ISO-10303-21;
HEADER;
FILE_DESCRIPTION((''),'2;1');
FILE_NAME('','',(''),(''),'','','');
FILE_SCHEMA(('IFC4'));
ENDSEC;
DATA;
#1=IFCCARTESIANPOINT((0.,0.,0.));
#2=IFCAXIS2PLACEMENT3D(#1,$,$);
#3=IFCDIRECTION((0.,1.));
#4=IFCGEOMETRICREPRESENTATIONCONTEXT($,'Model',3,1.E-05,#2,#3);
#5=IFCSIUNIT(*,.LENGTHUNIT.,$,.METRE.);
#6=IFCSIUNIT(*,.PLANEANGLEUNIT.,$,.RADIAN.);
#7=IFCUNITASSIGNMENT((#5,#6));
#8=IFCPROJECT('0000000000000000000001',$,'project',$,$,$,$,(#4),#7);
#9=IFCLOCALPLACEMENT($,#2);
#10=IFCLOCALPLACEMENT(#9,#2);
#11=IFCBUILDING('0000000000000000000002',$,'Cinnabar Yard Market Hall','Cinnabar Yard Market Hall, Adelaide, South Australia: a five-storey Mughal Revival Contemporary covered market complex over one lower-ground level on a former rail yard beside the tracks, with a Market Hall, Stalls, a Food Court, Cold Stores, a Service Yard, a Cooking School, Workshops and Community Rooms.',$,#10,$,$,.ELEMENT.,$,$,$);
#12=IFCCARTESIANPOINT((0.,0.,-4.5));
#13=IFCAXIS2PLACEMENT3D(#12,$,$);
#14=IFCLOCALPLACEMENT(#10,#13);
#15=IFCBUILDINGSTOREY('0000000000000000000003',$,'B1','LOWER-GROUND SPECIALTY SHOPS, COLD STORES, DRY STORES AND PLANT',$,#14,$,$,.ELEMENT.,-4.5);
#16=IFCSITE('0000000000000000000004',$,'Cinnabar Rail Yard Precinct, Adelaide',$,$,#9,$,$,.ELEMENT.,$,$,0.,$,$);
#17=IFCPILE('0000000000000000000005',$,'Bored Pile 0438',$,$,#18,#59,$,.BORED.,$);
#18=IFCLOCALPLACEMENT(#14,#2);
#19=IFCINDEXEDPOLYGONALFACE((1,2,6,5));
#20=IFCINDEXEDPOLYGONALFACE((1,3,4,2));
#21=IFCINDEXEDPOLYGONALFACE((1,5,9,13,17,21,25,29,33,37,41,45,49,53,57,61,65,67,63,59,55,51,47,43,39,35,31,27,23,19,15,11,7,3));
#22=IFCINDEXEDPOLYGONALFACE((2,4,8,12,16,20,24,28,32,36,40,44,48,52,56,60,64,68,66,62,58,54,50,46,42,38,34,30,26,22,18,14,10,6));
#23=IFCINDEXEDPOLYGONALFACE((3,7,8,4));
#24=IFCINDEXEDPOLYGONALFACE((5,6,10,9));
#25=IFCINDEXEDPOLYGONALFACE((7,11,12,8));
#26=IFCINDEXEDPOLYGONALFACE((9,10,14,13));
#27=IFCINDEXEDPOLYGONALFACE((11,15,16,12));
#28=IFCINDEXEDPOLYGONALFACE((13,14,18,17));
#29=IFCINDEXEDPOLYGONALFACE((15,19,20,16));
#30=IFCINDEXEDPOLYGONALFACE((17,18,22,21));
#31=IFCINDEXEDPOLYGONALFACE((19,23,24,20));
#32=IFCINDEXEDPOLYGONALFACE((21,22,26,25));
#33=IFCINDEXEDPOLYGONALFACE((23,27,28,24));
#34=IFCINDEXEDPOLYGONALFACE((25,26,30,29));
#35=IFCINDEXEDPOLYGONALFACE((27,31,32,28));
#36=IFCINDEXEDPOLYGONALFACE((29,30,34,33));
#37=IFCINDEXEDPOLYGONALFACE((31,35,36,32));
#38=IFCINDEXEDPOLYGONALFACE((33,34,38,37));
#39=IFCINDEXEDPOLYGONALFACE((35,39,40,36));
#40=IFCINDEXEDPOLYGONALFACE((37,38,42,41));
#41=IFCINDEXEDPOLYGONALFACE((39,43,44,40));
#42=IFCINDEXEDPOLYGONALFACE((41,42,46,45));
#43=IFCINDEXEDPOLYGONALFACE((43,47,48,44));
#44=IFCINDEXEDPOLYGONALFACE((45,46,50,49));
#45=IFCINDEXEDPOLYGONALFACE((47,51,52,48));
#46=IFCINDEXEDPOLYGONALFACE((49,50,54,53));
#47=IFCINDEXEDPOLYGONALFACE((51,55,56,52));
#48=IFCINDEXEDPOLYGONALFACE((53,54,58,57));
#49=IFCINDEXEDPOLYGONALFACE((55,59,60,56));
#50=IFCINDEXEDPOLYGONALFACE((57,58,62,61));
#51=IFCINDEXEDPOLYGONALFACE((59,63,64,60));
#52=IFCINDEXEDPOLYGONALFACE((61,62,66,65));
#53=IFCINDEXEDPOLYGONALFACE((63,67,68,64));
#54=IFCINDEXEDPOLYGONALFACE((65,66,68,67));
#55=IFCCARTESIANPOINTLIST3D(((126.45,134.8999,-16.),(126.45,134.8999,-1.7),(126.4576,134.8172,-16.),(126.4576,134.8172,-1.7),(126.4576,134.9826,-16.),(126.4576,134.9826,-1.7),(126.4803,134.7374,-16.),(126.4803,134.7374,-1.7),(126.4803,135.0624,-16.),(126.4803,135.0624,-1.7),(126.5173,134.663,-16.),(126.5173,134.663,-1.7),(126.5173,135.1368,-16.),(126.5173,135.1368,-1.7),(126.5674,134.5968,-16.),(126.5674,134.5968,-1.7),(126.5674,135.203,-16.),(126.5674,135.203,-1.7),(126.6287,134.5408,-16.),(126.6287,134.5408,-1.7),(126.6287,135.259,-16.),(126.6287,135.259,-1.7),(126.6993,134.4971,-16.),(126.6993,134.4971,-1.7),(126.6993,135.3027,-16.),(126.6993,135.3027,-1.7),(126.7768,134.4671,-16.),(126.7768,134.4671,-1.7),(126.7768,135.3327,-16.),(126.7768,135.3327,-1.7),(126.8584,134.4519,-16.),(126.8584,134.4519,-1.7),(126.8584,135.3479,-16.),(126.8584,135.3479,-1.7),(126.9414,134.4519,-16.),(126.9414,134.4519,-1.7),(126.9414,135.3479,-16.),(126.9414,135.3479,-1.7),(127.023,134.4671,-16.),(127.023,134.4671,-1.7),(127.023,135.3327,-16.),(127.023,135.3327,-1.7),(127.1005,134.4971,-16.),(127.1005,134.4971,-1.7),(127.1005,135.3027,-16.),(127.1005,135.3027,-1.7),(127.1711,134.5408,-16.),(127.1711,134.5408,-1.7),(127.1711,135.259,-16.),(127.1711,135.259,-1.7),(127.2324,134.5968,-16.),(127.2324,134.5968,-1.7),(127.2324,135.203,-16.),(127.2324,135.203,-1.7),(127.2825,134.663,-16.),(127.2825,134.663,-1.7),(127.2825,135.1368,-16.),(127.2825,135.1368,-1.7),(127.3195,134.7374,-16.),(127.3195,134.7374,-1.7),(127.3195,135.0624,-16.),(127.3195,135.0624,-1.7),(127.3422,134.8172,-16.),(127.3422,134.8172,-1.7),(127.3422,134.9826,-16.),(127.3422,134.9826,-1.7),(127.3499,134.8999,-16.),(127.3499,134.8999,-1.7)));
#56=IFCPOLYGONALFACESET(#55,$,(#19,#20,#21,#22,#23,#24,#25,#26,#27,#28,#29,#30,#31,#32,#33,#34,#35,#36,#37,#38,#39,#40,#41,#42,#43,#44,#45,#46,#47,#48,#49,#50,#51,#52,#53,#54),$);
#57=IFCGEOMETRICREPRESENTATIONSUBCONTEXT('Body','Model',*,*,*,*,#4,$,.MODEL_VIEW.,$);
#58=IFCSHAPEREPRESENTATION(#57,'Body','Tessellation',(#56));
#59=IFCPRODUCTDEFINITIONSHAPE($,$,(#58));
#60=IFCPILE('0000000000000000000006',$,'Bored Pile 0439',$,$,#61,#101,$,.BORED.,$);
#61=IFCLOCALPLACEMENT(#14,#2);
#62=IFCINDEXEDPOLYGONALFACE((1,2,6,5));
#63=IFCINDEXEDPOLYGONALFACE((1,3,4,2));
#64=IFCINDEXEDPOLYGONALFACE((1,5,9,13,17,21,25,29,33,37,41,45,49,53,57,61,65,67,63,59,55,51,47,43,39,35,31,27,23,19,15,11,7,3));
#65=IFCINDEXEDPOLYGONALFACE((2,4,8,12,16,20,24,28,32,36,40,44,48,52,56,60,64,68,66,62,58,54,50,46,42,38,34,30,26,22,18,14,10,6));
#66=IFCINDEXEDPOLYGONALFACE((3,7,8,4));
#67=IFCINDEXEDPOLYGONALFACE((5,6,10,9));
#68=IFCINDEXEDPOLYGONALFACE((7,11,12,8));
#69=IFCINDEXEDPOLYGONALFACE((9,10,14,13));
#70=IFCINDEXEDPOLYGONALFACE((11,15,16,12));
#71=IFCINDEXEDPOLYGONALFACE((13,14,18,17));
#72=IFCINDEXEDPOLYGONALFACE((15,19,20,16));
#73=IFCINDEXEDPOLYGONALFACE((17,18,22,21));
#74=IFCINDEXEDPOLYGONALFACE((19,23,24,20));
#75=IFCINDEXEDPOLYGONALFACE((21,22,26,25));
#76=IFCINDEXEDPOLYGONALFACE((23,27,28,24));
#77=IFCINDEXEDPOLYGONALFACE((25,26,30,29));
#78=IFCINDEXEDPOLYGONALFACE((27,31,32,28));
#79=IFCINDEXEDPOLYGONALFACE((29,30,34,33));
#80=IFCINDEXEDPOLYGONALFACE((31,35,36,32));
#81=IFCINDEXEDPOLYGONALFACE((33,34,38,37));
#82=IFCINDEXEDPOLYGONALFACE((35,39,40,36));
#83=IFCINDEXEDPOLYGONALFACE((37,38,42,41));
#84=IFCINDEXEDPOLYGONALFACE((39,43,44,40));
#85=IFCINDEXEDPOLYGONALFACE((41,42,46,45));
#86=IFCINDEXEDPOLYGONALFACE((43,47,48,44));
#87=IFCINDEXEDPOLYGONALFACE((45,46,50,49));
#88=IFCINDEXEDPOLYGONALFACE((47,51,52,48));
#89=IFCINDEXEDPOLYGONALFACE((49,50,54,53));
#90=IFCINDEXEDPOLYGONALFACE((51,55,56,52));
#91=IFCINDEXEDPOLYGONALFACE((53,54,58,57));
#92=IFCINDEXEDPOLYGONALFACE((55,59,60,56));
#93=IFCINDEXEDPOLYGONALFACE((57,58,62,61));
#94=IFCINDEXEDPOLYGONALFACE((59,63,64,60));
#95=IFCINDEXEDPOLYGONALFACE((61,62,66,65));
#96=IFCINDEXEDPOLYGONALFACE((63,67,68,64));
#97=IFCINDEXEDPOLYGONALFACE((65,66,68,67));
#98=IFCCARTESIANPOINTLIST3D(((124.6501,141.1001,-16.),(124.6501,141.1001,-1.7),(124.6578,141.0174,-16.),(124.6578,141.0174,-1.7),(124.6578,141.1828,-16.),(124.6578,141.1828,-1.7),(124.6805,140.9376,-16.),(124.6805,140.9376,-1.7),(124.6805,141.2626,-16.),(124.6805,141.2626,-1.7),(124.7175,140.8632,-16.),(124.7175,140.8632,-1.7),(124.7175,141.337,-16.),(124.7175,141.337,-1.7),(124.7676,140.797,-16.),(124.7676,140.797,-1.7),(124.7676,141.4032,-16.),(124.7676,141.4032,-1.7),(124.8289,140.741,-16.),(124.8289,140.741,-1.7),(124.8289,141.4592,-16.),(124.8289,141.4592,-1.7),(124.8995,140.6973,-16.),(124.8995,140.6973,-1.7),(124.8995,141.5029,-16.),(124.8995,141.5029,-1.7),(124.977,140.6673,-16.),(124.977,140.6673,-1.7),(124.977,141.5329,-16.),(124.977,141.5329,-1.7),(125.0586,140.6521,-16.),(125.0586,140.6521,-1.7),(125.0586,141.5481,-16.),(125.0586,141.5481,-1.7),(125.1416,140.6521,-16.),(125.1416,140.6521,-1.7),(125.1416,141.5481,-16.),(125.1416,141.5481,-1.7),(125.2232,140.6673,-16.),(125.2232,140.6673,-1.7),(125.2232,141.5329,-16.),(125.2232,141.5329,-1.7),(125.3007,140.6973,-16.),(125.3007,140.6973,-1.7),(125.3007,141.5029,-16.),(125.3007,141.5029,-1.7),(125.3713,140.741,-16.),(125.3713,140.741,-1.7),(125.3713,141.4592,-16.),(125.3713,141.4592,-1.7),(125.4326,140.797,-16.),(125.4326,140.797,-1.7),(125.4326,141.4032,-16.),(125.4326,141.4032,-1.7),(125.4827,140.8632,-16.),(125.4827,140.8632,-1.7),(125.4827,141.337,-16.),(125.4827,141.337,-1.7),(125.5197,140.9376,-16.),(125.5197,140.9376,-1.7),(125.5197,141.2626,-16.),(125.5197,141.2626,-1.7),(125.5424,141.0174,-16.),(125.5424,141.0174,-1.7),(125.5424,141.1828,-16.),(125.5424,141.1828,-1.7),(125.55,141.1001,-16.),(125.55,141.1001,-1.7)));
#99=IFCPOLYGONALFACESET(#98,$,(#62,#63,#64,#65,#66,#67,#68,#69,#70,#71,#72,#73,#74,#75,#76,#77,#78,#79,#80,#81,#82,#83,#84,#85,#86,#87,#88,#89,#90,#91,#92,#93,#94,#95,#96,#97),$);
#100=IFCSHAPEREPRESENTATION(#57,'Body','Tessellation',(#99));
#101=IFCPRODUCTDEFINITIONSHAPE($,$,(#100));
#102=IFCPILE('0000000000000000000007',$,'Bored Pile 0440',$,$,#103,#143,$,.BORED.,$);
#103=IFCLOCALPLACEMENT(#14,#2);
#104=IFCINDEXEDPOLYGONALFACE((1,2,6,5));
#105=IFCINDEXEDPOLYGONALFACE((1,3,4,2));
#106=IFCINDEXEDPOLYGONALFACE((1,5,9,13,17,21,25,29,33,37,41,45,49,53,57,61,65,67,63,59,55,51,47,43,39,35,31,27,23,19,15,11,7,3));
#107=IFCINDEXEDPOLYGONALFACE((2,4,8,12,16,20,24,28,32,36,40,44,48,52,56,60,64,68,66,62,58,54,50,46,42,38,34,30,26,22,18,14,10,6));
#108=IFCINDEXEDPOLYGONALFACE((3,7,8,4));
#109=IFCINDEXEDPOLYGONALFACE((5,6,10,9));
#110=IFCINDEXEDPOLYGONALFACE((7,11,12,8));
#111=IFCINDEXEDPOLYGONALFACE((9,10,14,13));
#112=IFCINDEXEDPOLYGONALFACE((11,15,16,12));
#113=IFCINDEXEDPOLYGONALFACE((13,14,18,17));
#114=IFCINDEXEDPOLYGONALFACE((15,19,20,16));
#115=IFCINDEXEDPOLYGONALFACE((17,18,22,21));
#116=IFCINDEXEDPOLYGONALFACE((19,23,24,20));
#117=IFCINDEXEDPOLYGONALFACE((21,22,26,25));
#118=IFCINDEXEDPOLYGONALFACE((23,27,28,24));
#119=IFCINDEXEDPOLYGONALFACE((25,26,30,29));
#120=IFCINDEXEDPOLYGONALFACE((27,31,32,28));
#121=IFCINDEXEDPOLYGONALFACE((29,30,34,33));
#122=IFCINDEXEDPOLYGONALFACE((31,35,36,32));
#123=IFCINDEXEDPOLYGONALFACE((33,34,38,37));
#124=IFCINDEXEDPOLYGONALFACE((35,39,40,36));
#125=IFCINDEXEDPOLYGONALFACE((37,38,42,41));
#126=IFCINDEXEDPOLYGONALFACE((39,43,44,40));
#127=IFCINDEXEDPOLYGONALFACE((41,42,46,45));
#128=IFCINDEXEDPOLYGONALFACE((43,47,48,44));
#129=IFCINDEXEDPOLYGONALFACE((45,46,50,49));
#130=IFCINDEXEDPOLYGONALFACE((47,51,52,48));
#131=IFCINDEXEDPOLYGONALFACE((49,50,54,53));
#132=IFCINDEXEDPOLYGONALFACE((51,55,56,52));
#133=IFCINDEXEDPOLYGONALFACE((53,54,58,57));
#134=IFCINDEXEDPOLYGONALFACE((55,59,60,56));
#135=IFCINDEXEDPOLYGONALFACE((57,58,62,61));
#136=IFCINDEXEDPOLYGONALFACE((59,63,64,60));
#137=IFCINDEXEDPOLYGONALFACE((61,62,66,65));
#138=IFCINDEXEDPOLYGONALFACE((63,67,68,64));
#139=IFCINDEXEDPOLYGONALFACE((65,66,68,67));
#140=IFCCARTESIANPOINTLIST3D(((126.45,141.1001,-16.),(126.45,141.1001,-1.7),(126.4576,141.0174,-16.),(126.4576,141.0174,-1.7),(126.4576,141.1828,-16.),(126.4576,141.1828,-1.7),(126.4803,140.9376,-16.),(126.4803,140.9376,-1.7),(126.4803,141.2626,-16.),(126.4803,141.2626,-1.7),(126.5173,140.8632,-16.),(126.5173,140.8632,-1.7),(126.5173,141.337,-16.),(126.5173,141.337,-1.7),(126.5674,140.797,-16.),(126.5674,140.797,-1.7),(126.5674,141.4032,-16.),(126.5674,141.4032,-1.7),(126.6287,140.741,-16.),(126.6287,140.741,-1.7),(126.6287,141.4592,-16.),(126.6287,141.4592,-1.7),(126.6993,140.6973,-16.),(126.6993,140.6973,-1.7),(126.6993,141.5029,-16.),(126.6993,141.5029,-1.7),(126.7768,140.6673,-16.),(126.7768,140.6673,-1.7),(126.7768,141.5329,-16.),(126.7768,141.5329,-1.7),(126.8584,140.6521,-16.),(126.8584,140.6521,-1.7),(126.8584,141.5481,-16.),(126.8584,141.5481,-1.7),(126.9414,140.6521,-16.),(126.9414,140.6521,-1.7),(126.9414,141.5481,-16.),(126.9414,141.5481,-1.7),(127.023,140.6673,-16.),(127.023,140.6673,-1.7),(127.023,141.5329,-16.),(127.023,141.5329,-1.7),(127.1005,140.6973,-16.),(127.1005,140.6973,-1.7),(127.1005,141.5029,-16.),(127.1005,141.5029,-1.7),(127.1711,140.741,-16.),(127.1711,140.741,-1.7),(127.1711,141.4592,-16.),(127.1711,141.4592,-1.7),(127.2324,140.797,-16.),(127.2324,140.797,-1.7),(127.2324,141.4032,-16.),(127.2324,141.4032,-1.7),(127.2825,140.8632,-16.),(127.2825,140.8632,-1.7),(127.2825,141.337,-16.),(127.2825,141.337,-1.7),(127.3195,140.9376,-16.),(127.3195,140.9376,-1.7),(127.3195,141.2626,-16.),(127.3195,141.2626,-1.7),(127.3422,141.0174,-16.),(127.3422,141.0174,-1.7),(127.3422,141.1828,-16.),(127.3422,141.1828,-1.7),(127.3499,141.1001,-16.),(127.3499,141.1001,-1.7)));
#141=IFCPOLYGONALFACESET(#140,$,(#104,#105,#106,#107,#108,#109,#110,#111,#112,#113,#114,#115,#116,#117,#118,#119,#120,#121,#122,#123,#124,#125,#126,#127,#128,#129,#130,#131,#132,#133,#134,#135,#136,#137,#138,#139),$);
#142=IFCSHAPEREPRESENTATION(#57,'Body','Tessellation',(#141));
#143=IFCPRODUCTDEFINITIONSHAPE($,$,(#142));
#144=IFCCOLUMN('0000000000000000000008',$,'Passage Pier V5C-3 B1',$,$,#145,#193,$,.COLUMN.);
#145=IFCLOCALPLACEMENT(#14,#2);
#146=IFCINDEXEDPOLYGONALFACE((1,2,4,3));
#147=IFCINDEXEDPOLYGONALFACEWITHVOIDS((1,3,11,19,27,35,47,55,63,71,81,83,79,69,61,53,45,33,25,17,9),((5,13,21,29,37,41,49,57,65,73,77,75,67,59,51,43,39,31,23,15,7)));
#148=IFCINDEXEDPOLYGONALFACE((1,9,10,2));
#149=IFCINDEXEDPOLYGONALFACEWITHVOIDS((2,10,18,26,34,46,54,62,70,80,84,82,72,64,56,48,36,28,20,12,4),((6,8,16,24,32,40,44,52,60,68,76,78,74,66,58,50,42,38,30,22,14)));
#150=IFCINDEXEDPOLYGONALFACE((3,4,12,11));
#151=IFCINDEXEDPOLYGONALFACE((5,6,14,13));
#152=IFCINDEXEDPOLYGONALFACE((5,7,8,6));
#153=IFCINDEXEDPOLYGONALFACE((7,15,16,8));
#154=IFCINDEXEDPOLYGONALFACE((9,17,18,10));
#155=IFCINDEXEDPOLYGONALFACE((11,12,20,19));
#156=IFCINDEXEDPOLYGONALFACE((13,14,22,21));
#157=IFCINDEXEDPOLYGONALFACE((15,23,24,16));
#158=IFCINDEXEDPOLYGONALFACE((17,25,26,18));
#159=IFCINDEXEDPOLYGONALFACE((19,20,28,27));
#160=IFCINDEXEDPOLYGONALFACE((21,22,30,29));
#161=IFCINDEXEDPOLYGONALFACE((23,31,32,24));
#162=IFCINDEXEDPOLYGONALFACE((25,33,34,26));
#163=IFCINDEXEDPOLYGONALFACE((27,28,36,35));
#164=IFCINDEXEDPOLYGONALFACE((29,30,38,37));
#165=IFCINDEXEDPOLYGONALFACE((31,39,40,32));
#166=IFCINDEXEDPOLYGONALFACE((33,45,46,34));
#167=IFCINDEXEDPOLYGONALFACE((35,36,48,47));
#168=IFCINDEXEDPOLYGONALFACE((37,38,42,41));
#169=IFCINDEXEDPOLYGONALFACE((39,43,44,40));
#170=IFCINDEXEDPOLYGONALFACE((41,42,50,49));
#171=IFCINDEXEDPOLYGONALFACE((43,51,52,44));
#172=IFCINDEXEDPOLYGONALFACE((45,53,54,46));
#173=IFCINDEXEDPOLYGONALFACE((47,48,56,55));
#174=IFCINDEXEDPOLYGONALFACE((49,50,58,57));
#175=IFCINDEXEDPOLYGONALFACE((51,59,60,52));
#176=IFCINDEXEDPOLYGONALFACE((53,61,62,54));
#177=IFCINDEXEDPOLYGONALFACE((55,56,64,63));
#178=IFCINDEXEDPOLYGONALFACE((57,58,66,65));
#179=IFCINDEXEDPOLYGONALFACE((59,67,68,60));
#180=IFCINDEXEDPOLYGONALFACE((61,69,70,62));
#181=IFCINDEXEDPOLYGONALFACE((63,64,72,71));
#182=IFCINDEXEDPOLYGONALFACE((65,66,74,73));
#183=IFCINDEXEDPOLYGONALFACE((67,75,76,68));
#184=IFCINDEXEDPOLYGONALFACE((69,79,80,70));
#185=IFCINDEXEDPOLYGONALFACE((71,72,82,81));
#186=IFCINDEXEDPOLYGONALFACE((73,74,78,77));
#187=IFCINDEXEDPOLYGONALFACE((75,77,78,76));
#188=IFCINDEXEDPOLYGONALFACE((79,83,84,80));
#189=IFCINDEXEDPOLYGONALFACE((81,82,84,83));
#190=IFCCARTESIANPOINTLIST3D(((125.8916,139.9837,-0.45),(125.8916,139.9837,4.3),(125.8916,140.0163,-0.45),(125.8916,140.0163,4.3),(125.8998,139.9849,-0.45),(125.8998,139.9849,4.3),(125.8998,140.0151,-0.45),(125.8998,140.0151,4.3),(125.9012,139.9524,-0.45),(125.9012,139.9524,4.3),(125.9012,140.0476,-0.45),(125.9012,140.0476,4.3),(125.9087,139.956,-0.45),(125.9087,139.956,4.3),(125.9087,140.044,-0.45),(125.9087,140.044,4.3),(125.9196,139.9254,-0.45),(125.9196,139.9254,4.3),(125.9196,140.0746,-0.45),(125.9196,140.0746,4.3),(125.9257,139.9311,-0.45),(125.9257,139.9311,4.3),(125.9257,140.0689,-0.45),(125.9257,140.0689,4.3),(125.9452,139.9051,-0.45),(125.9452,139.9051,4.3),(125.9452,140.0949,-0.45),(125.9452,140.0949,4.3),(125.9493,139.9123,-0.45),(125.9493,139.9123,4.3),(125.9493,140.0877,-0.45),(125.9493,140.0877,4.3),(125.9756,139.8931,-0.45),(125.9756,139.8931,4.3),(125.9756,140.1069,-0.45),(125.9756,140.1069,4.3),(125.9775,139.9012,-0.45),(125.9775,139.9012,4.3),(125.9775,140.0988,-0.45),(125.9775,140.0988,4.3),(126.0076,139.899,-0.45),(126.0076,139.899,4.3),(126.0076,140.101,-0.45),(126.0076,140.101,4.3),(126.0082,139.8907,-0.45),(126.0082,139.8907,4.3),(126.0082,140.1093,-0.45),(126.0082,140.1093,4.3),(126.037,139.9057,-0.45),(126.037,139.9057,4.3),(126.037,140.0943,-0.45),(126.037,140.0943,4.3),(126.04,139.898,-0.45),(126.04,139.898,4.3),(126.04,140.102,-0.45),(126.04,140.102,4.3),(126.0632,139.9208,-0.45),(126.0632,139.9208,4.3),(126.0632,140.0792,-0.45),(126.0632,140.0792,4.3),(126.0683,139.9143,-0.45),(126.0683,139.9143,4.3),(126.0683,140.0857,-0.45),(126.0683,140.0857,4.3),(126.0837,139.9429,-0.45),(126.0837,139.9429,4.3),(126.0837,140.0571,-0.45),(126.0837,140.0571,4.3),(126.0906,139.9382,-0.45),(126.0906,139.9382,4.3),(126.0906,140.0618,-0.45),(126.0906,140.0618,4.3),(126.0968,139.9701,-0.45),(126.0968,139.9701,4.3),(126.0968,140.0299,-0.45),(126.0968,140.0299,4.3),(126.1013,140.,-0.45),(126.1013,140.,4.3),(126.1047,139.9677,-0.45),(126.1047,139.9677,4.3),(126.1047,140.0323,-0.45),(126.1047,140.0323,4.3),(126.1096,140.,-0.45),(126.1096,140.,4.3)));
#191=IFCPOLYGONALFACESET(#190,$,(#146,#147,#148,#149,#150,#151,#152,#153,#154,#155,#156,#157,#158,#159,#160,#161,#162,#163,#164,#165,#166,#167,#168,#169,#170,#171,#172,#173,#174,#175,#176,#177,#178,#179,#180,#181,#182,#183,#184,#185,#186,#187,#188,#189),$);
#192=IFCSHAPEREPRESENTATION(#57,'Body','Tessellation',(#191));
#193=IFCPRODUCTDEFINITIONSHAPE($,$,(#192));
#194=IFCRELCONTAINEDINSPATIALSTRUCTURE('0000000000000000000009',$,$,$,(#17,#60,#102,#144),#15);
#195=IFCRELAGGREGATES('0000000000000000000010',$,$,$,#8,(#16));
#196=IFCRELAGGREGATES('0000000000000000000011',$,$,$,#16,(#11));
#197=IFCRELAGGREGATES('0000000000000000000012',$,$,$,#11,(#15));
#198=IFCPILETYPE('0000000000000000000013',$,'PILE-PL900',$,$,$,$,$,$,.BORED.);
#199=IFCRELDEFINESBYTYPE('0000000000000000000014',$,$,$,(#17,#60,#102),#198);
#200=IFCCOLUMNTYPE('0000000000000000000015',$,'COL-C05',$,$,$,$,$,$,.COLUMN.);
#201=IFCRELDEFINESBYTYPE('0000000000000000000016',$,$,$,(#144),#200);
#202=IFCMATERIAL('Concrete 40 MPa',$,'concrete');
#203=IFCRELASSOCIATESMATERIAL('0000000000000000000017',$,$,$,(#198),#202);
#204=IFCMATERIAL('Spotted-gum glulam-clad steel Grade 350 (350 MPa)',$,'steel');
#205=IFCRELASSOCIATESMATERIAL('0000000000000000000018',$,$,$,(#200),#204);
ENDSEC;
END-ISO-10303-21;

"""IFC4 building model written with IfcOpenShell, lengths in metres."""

from ifc_helpers import new_model, si_unit, direction, frame, origin, origin_2d_with_axis, place, context, subcontext, project, spatial, circle, hollow_circle, extrude, material, material_profile, profile_set, type_object, element, save


model = new_model("IFC4")

# Units and contexts
model_context = context("Model", 3, precision=1e-05, world=origin(), true_north=direction((0.0, 1.0)))
body_context = subcontext(model_context, "Body", "Model", "MODEL_VIEW")
ifc_project = project(units=[si_unit("LENGTHUNIT", "METRE"), si_unit("PLANEANGLEUNIT", "RADIAN")], contexts=[model_context])

# Site, building, storey
site_placement = place(None, origin())
site = spatial("IfcSite", under=ifc_project, at=site_placement, Name="Cinnabar Rail Yard Precinct, Adelaide", CompositionType="ELEMENT", RefElevation=0.0)
building_placement = place(site_placement, origin())
building = spatial("IfcBuilding", under=site, at=building_placement, Name="Cinnabar Yard Market Hall", Description="Cinnabar Yard Market Hall, Adelaide, South Australia: a five-storey Mughal Revival Contemporary covered market complex over one lower-ground level on a former rail yard beside the tracks, with a Market Hall, Stalls, a Food Court, Cold Stores, a Service Yard, a Cooking School, Workshops and Community Rooms.", CompositionType="ELEMENT")
storey_placement = place(building_placement, frame((0.0, 0.0, -4.5)))
storey = spatial("IfcBuildingStorey", under=building, at=storey_placement, Name="B1", Description="LOWER-GROUND SPECIALTY SHOPS, COLD STORES, DRY STORES AND PLANT", CompositionType="ELEMENT", Elevation=-4.5)

# Shared definitions
ifc_material_1 = material(Name="Concrete 40 MPa", Category="concrete")

# Piles
ifc_material_profile_1 = material_profile(ifc_material_1, circle(Radius=0.45, at=origin_2d_with_axis()), Name="PILE-D900")
ifc_profile_set_1 = profile_set([ifc_material_profile_1], Name="Concrete 40 MPa")
pile_type_1 = type_object("IfcPileType", Name="PILE-PL900", PredefinedType="BORED", material=ifc_profile_set_1)
for number, where, z_axis, x_axis, name in (
    (1, (126.8999, 134.8999, -1.7), (0.0, 0.0, -1.0), (1.0, 0.0, 0.0), "Bored Pile 0438"),
    (2, (125.1001, 141.1001, -1.7), (0.0, 0.0, -1.0), (1.0, 0.0, 0.0), "Bored Pile 0439"),
    (3, (126.8999, 141.1001, -1.7), (0.0, 0.0, -1.0), (1.0, 0.0, 0.0), "Bored Pile 0440"),
):
    element("IfcPile", number, at=place(storey_placement, frame(where, z_axis=z_axis, x_axis=x_axis)), inside=storey, type_object=pile_type_1, Name=name, PredefinedType="BORED", context=body_context, shape_type="SweptSolid", body=[
        extrude(circle(Radius=0.45, at=origin_2d_with_axis()), origin(), (0.0, 0.0, 1.0), 14.3),
    ])

# Column
ifc_material_2 = material(Name="Spotted-gum glulam-clad steel Grade 350 (350 MPa)", Category="steel")
ifc_material_profile_2 = material_profile(ifc_material_2, hollow_circle(Radius=0.1096, WallThickness=0.0083, at=origin_2d_with_axis()), Name="219.1x8.2CHS")
ifc_profile_set_2 = profile_set([ifc_material_profile_2], Name="Spotted-gum glulam-clad steel Grade 350 (350 MPa)")
column_type_1 = type_object("IfcColumnType", Name="COL-C05", PredefinedType="COLUMN", material=ifc_profile_set_2)
column_1_placement = place(storey_placement, frame((126.0, 140.0, -0.45), z_axis=(0.0, 0.0, 1.0), x_axis=(1.0, 0.0, 0.0)))
element("IfcColumn", 4, at=column_1_placement, inside=storey, type_object=column_type_1, Name="Passage Pier V5C-3 B1", PredefinedType="COLUMN", context=body_context, shape_type="SweptSolid", body=[
    extrude(hollow_circle(Radius=0.1096, WallThickness=0.0083, at=origin_2d_with_axis()), origin(), (0.0, 0.0, 1.0), 4.75),
])

save(model, "model.ifc")
